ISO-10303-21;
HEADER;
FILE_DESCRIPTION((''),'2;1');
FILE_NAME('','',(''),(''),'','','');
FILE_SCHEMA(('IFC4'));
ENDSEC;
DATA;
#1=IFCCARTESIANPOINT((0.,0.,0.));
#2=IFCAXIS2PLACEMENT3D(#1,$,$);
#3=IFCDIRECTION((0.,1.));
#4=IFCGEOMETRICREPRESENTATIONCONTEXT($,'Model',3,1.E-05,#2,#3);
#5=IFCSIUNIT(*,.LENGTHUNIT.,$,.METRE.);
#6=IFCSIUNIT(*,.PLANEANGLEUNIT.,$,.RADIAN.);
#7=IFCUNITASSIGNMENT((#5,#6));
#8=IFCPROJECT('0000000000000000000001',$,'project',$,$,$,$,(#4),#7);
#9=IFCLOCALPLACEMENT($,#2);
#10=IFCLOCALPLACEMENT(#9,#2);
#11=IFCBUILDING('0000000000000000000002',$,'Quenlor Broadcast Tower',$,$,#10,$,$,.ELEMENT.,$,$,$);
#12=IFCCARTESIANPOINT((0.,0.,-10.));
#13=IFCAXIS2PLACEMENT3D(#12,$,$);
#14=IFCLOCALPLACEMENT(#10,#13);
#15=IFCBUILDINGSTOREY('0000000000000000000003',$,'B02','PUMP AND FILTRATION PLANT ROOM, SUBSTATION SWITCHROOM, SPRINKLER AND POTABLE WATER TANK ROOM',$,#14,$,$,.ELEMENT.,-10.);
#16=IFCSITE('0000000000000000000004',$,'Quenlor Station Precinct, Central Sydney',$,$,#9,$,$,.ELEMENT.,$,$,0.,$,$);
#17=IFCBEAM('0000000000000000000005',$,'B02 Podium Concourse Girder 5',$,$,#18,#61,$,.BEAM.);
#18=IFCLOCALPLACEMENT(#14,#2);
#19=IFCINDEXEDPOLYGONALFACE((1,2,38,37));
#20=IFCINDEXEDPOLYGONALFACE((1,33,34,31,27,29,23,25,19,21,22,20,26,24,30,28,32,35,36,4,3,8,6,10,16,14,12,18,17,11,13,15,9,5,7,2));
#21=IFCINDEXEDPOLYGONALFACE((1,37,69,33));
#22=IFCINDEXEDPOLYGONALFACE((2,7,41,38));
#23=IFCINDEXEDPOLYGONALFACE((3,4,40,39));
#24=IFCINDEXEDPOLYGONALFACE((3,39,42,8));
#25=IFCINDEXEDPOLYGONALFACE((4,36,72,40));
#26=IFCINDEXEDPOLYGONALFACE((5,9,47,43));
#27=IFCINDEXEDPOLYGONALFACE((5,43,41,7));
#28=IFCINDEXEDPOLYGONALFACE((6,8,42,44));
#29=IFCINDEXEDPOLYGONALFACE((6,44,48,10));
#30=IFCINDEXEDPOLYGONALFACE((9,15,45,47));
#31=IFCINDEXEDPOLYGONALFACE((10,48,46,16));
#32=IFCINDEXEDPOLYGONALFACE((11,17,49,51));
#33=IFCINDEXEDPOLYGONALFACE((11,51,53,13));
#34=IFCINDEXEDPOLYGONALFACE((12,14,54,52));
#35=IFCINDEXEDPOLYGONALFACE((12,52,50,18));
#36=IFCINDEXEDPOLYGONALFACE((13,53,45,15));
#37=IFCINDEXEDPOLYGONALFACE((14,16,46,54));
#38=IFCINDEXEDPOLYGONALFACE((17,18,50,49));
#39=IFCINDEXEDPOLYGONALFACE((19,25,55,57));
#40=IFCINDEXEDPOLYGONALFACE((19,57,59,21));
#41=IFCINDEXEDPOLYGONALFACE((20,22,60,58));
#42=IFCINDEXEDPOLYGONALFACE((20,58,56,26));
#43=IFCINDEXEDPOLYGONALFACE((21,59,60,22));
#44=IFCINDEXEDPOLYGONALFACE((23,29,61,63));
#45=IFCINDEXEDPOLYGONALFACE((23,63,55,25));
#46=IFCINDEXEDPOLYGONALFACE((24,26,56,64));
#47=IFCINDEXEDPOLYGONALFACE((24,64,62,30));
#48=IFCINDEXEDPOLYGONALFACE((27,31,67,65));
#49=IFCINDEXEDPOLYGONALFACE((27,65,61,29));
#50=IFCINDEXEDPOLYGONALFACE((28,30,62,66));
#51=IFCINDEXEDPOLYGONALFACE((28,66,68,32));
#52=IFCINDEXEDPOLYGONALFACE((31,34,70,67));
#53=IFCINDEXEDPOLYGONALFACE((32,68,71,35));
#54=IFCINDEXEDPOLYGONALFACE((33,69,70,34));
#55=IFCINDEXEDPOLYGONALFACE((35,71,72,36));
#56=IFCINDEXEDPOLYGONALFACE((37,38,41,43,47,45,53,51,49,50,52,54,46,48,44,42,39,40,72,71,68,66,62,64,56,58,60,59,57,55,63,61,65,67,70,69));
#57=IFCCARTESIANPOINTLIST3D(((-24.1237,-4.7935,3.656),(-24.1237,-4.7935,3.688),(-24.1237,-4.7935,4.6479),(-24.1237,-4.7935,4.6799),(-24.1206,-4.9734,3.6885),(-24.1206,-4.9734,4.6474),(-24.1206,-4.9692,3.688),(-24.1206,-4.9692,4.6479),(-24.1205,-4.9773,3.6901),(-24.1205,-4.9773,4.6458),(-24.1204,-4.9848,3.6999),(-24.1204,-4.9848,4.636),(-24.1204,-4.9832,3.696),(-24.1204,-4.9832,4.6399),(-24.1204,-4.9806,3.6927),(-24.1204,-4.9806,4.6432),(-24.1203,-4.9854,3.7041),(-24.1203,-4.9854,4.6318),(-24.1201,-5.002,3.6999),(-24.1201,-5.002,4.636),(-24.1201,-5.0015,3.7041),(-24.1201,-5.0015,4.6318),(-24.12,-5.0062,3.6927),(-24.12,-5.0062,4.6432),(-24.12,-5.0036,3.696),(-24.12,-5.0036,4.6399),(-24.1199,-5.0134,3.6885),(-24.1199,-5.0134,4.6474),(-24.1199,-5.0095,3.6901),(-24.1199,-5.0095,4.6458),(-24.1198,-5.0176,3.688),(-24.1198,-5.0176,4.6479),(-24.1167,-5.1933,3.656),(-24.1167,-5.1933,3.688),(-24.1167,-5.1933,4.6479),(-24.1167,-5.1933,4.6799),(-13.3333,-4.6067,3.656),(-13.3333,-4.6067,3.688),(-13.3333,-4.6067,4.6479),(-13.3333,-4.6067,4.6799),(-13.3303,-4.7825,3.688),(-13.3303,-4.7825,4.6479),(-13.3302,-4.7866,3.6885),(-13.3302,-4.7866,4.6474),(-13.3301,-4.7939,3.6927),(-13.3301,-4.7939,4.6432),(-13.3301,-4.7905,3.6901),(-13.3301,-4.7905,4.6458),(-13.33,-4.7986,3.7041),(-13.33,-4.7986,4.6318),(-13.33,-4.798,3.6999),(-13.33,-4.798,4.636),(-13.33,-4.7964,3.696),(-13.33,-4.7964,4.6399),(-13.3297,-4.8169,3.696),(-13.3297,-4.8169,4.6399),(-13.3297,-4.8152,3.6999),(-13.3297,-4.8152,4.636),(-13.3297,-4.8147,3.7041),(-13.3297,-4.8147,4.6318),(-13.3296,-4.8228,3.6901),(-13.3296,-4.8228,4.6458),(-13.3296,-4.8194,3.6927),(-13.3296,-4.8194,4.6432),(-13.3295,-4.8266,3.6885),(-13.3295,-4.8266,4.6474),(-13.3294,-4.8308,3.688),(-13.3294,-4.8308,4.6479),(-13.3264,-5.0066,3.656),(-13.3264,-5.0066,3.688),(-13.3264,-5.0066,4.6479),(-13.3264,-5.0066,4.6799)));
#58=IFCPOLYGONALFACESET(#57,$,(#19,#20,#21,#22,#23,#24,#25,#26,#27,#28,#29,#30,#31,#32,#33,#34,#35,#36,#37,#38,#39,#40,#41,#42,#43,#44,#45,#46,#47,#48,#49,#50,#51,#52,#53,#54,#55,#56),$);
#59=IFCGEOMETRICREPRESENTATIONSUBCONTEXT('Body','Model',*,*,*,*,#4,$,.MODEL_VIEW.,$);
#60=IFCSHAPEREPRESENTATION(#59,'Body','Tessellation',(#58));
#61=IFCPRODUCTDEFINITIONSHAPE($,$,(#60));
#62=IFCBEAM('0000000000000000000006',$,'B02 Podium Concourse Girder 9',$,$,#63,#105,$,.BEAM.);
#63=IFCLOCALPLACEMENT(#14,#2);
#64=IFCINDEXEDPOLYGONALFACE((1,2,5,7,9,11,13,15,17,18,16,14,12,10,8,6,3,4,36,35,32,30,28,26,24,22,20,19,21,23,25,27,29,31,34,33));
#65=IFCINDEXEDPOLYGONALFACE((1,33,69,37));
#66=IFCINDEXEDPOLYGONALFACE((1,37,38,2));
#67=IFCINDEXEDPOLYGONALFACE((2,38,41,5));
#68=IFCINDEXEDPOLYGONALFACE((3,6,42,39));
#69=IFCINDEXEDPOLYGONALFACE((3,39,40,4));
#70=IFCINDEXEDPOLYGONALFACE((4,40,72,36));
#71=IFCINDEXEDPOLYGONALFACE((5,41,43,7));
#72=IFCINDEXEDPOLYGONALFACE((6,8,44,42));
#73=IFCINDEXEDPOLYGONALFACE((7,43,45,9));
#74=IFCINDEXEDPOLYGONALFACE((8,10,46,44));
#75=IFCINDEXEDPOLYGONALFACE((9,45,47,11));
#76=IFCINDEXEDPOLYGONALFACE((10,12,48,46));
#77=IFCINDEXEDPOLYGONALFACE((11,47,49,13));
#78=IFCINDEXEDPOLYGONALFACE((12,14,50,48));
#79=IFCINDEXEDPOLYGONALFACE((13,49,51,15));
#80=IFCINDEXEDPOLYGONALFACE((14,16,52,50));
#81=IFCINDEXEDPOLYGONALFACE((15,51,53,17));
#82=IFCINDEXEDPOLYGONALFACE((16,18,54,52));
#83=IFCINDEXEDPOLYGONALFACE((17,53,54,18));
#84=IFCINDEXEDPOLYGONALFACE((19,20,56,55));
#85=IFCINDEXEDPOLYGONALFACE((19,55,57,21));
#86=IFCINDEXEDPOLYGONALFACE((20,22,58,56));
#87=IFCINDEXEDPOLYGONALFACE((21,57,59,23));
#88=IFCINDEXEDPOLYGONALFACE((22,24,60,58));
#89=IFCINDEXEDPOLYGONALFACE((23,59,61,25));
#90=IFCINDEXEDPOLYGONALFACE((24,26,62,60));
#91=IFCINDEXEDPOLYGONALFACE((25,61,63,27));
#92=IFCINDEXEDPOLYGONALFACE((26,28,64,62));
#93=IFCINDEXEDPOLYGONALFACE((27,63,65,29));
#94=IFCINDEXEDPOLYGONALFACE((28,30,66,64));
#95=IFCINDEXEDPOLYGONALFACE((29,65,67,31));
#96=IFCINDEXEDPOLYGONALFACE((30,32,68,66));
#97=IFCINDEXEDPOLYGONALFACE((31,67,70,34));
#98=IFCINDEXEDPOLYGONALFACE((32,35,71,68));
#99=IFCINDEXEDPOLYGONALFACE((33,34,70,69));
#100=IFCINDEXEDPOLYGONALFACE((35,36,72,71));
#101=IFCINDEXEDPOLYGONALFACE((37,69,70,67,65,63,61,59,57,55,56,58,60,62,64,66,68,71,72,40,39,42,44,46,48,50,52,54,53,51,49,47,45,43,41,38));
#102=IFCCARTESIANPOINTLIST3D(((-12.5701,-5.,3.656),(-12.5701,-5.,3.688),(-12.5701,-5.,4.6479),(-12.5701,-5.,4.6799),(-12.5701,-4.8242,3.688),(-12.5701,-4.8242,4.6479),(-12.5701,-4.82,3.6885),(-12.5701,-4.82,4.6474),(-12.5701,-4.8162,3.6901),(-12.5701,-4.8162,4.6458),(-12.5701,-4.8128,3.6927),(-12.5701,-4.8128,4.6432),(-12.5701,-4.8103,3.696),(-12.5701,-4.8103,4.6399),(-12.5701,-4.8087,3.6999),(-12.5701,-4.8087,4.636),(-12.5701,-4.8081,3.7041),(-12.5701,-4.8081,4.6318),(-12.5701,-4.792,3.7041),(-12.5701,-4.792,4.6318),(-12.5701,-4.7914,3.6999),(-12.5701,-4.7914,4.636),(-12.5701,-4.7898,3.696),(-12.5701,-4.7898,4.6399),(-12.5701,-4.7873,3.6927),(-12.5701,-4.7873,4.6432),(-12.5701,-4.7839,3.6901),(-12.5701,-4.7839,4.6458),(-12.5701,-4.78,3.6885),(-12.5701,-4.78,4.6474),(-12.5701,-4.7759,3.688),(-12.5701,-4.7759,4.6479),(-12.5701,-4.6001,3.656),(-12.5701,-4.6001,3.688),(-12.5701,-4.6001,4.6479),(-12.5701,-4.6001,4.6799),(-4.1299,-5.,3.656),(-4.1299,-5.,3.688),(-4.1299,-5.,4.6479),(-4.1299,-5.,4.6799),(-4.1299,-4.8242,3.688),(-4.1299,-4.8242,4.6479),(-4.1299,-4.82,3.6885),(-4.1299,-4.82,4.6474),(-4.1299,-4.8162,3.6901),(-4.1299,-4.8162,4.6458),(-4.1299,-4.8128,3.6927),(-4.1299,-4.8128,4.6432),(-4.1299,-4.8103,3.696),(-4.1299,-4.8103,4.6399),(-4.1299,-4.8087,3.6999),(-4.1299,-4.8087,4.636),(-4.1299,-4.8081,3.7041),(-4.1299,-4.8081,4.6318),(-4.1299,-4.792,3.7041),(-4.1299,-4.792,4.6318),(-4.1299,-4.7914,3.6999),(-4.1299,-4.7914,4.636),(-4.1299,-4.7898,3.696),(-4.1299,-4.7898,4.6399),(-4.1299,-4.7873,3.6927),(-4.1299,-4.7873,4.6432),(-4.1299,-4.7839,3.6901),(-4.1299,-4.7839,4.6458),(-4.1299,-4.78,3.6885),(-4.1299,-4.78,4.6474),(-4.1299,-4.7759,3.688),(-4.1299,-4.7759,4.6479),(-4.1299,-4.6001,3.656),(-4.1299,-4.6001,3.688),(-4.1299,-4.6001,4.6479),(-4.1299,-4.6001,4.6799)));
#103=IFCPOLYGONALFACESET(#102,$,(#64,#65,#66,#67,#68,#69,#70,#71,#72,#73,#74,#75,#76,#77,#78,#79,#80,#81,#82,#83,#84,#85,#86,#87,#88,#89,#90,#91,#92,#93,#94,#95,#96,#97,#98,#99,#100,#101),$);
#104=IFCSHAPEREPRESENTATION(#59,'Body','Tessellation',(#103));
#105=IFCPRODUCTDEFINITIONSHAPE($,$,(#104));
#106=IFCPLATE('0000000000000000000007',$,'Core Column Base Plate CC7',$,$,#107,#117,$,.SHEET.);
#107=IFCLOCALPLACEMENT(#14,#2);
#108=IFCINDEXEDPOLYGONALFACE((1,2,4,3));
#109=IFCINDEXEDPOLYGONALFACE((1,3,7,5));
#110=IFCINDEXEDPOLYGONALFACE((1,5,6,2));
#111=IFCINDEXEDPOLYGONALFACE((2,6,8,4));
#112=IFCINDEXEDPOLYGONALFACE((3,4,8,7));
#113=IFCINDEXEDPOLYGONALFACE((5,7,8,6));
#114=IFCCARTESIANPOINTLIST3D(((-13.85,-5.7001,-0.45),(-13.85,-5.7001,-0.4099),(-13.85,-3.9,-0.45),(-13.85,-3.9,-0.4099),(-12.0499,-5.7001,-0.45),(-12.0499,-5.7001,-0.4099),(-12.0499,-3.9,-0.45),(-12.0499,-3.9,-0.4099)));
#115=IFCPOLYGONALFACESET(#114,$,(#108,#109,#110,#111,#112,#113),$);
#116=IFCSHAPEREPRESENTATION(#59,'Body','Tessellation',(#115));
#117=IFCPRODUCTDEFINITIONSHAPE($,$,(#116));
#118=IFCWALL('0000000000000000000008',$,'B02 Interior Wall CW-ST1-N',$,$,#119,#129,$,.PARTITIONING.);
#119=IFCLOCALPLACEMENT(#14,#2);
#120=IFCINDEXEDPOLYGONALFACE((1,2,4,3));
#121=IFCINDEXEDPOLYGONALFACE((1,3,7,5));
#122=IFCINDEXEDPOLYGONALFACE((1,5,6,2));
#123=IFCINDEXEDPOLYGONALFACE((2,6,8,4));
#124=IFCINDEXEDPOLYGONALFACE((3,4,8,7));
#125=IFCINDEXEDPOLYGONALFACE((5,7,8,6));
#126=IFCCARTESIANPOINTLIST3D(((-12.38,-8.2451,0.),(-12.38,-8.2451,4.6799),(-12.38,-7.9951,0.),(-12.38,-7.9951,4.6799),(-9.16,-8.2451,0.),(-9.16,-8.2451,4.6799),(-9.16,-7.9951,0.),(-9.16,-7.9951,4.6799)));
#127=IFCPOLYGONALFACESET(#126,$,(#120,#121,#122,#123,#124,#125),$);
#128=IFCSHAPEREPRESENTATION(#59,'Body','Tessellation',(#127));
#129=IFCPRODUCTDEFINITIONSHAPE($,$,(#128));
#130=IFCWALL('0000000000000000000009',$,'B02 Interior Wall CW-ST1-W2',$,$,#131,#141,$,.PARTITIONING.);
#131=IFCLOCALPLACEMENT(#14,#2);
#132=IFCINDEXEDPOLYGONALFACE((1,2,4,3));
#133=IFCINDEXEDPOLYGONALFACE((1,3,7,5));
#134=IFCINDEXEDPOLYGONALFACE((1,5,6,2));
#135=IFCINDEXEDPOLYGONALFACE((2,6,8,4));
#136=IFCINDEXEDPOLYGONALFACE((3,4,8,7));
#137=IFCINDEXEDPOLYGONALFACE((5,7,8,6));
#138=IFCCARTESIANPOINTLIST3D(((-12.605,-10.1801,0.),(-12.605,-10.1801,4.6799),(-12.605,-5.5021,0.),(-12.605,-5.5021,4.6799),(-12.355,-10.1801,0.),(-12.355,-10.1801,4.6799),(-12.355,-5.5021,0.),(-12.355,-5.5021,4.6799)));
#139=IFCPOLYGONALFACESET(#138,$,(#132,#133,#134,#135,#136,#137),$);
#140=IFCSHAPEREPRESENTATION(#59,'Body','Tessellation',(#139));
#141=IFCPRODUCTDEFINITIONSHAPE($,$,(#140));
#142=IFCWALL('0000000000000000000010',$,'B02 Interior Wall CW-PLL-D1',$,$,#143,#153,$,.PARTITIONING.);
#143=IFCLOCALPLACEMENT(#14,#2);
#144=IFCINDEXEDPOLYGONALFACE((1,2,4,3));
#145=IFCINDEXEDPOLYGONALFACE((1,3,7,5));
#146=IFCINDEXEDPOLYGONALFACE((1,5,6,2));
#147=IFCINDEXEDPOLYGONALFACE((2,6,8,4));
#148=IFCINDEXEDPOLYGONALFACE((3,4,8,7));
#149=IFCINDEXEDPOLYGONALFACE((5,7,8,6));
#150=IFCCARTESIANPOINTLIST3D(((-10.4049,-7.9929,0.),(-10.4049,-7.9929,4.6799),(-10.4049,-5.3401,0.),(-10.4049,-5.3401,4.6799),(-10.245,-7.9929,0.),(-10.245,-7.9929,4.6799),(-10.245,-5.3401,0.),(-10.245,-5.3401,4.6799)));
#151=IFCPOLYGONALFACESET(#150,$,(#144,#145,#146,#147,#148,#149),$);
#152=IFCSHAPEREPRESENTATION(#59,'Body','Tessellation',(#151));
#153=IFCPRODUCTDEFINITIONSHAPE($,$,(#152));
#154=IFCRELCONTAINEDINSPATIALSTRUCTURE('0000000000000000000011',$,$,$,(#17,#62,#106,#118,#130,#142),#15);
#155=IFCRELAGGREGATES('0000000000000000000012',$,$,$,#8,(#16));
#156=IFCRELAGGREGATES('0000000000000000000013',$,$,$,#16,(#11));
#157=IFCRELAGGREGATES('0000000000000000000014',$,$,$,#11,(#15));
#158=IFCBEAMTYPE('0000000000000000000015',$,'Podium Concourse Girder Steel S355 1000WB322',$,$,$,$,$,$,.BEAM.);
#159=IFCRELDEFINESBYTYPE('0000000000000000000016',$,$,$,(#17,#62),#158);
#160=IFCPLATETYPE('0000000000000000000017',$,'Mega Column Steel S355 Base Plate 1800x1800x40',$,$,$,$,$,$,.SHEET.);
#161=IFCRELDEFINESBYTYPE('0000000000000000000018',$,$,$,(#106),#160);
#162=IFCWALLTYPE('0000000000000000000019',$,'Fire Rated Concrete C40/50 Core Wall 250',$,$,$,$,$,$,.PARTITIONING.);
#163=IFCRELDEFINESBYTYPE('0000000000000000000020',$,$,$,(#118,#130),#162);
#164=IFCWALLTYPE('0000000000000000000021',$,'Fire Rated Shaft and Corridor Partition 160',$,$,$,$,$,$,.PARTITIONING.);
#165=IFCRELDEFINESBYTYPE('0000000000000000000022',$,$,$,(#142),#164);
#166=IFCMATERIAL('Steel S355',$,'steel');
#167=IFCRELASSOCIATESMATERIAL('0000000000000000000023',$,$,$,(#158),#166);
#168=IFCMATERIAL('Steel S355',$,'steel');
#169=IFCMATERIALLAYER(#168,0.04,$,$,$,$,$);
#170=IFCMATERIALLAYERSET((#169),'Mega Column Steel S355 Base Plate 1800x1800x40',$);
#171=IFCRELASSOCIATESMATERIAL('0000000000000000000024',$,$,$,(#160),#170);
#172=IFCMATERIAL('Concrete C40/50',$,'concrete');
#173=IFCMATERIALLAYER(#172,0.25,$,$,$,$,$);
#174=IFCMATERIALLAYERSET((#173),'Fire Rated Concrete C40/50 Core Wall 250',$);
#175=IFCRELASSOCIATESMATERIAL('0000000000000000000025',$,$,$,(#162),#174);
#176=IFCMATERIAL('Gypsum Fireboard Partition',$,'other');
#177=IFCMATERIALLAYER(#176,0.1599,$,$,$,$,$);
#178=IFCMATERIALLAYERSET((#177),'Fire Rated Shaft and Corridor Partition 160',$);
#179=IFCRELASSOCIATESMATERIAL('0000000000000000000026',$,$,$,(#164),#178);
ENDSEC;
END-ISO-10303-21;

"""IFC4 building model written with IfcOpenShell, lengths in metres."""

from ifc_helpers import new_model, si_unit, direction, frame, frame_2d, origin, origin_2d, place, context, subcontext, project, spatial, rectangle, i_section, extrude, material, layer, layer_set, material_profile, profile_set, type_object, element, save


model = new_model("IFC4")

# Units and contexts
model_context = context("Model", 3, precision=1e-05, world=origin(), true_north=direction((0.0, 1.0)))
body_context = subcontext(model_context, "Body", "Model", "MODEL_VIEW")
ifc_project = project(units=[si_unit("LENGTHUNIT", "METRE"), si_unit("PLANEANGLEUNIT", "RADIAN")], contexts=[model_context])

# Site, building, storey
site_placement = place(None, origin())
site = spatial("IfcSite", under=ifc_project, at=site_placement, Name="Quenlor Station Precinct, Central Sydney", CompositionType="ELEMENT", RefElevation=0.0)
building_placement = place(site_placement, origin())
building = spatial("IfcBuilding", under=site, at=building_placement, Name="Quenlor Broadcast Tower", CompositionType="ELEMENT")
storey_placement = place(building_placement, frame((0.0, 0.0, -10.0)))
storey = spatial("IfcBuildingStorey", under=building, at=storey_placement, Name="B02", Description="PUMP AND FILTRATION PLANT ROOM, SUBSTATION SWITCHROOM, SPRINKLER AND POTABLE WATER TANK ROOM", CompositionType="ELEMENT", Elevation=-10.0)

# Beams
ifc_material_1 = material(Name="Steel S355", Category="steel")
ifc_material_profile_1 = material_profile(ifc_material_1, i_section(OverallWidth=0.3999, OverallDepth=1.0239, WebThickness=0.0161, FlangeThickness=0.032, FilletRadius=0.0161, at=origin_2d()))
ifc_profile_set_1 = profile_set([ifc_material_profile_1], Name="Steel S355 1000WB322")
beam_type = type_object("IfcBeamType", Name="Podium Concourse Girder Steel S355 1000WB322", PredefinedType="BEAM", material=ifc_profile_set_1)
beam_1_placement = place(storey_placement, frame((-13.3298, -4.8066, 4.168), z_axis=(-0.99985, -0.017306, 0.0), x_axis=(0.017306, -0.99985, 0.0)))
element("IfcBeam", 1, at=beam_1_placement, inside=storey, type_object=beam_type, Name="B02 Podium Concourse Girder 5", PredefinedType="BEAM", context=body_context, shape_type="SweptSolid", body=[
    extrude(i_section(OverallWidth=0.3999, OverallDepth=1.0239, WebThickness=0.0161, FlangeThickness=0.032, FilletRadius=0.0161, at=origin_2d()), origin(), (0.0, 0.0, 1.0), 10.792),
])
beam_2_placement = place(storey_placement, frame((-12.5701, -4.8, 4.168), z_axis=(1.0, 0.0, 0.0), x_axis=(0.0, 1.0, 0.0)))
element("IfcBeam", 2, at=beam_2_placement, inside=storey, type_object=beam_type, Name="B02 Podium Concourse Girder 9", PredefinedType="BEAM", context=body_context, shape_type="SweptSolid", body=[
    extrude(i_section(OverallWidth=0.3999, OverallDepth=1.0239, WebThickness=0.0161, FlangeThickness=0.032, FilletRadius=0.0161, at=origin_2d()), origin(), (0.0, 0.0, 1.0), 8.4402),
])

# Plate
ifc_material_2 = material(Name="Steel S355", Category="steel")
ifc_layer_1 = layer(ifc_material_2, 0.04)
ifc_layer_set_1 = layer_set([ifc_layer_1], Name="Mega Column Steel S355 Base Plate 1800x1800x40")
plate_type = type_object("IfcPlateType", Name="Mega Column Steel S355 Base Plate 1800x1800x40", PredefinedType="SHEET", material=ifc_layer_set_1)
plate_placement = place(storey_placement, frame((-12.95, -4.8, -0.45), z_axis=(0.0, 0.0, 1.0), x_axis=(1.0, 0.0, 0.0)))
element("IfcPlate", 3, at=plate_placement, inside=storey, type_object=plate_type, Name="Core Column Base Plate CC7", PredefinedType="SHEET", context=body_context, shape_type="SweptSolid", body=[
    extrude(rectangle(XDim=1.8, YDim=1.8, at=origin_2d()), origin(), (0.0, 0.0, 1.0), 0.04),
])

# Walls
ifc_material_3 = material(Name="Concrete C40/50", Category="concrete")
ifc_layer_2 = layer(ifc_material_3, 0.25)
ifc_layer_set_2 = layer_set([ifc_layer_2], Name="Fire Rated Concrete C40/50 Core Wall 250")
wall_type_1 = type_object("IfcWallType", Name="Fire Rated Concrete C40/50 Core Wall 250", PredefinedType="PARTITIONING", material=ifc_layer_set_2)
wall_1_placement = place(storey_placement, frame((-12.3799, -8.1201, 0.0), z_axis=(0.0, 0.0, 1.0), x_axis=(1.0, 0.0, 0.0)))
element("IfcWall", 4, at=wall_1_placement, inside=storey, type_object=wall_type_1, Name="B02 Interior Wall CW-ST1-N", PredefinedType="PARTITIONING", context=body_context, shape_type="SweptSolid", body=[
    extrude(rectangle(XDim=3.22, YDim=0.25, at=frame_2d((1.6099, 0.0))), origin(), (0.0, 0.0, 1.0), 4.6799),
])
wall_2_placement = place(storey_placement, frame((-12.48, -10.1799, 0.0), z_axis=(0.0, 0.0, 1.0), x_axis=(0.0, 1.0, 0.0)))
element("IfcWall", 5, at=wall_2_placement, inside=storey, type_object=wall_type_1, Name="B02 Interior Wall CW-ST1-W2", PredefinedType="PARTITIONING", context=body_context, shape_type="SweptSolid", body=[
    extrude(rectangle(XDim=4.678, YDim=0.25, at=frame_2d((2.3389, 0.0))), origin(), (0.0, 0.0, 1.0), 4.6799),
])

# Wall
ifc_material_4 = material(Name="Gypsum Fireboard Partition", Category="other")
ifc_layer_3 = layer(ifc_material_4, 0.1599)
ifc_layer_set_3 = layer_set([ifc_layer_3], Name="Fire Rated Shaft and Corridor Partition 160")
wall_type_2 = type_object("IfcWallType", Name="Fire Rated Shaft and Corridor Partition 160", PredefinedType="PARTITIONING", material=ifc_layer_set_3)
wall_3_placement = place(storey_placement, frame((-10.325, -7.9929, 0.0), z_axis=(0.0, 0.0, 1.0), x_axis=(0.0, 1.0, 0.0)))
element("IfcWall", 6, at=wall_3_placement, inside=storey, type_object=wall_type_2, Name="B02 Interior Wall CW-PLL-D1", PredefinedType="PARTITIONING", context=body_context, shape_type="SweptSolid", body=[
    extrude(rectangle(XDim=2.6528, YDim=0.1599, at=frame_2d((1.3264, 0.0))), origin(), (0.0, 0.0, 1.0), 4.6799),
])

save(model, "model.ifc")
